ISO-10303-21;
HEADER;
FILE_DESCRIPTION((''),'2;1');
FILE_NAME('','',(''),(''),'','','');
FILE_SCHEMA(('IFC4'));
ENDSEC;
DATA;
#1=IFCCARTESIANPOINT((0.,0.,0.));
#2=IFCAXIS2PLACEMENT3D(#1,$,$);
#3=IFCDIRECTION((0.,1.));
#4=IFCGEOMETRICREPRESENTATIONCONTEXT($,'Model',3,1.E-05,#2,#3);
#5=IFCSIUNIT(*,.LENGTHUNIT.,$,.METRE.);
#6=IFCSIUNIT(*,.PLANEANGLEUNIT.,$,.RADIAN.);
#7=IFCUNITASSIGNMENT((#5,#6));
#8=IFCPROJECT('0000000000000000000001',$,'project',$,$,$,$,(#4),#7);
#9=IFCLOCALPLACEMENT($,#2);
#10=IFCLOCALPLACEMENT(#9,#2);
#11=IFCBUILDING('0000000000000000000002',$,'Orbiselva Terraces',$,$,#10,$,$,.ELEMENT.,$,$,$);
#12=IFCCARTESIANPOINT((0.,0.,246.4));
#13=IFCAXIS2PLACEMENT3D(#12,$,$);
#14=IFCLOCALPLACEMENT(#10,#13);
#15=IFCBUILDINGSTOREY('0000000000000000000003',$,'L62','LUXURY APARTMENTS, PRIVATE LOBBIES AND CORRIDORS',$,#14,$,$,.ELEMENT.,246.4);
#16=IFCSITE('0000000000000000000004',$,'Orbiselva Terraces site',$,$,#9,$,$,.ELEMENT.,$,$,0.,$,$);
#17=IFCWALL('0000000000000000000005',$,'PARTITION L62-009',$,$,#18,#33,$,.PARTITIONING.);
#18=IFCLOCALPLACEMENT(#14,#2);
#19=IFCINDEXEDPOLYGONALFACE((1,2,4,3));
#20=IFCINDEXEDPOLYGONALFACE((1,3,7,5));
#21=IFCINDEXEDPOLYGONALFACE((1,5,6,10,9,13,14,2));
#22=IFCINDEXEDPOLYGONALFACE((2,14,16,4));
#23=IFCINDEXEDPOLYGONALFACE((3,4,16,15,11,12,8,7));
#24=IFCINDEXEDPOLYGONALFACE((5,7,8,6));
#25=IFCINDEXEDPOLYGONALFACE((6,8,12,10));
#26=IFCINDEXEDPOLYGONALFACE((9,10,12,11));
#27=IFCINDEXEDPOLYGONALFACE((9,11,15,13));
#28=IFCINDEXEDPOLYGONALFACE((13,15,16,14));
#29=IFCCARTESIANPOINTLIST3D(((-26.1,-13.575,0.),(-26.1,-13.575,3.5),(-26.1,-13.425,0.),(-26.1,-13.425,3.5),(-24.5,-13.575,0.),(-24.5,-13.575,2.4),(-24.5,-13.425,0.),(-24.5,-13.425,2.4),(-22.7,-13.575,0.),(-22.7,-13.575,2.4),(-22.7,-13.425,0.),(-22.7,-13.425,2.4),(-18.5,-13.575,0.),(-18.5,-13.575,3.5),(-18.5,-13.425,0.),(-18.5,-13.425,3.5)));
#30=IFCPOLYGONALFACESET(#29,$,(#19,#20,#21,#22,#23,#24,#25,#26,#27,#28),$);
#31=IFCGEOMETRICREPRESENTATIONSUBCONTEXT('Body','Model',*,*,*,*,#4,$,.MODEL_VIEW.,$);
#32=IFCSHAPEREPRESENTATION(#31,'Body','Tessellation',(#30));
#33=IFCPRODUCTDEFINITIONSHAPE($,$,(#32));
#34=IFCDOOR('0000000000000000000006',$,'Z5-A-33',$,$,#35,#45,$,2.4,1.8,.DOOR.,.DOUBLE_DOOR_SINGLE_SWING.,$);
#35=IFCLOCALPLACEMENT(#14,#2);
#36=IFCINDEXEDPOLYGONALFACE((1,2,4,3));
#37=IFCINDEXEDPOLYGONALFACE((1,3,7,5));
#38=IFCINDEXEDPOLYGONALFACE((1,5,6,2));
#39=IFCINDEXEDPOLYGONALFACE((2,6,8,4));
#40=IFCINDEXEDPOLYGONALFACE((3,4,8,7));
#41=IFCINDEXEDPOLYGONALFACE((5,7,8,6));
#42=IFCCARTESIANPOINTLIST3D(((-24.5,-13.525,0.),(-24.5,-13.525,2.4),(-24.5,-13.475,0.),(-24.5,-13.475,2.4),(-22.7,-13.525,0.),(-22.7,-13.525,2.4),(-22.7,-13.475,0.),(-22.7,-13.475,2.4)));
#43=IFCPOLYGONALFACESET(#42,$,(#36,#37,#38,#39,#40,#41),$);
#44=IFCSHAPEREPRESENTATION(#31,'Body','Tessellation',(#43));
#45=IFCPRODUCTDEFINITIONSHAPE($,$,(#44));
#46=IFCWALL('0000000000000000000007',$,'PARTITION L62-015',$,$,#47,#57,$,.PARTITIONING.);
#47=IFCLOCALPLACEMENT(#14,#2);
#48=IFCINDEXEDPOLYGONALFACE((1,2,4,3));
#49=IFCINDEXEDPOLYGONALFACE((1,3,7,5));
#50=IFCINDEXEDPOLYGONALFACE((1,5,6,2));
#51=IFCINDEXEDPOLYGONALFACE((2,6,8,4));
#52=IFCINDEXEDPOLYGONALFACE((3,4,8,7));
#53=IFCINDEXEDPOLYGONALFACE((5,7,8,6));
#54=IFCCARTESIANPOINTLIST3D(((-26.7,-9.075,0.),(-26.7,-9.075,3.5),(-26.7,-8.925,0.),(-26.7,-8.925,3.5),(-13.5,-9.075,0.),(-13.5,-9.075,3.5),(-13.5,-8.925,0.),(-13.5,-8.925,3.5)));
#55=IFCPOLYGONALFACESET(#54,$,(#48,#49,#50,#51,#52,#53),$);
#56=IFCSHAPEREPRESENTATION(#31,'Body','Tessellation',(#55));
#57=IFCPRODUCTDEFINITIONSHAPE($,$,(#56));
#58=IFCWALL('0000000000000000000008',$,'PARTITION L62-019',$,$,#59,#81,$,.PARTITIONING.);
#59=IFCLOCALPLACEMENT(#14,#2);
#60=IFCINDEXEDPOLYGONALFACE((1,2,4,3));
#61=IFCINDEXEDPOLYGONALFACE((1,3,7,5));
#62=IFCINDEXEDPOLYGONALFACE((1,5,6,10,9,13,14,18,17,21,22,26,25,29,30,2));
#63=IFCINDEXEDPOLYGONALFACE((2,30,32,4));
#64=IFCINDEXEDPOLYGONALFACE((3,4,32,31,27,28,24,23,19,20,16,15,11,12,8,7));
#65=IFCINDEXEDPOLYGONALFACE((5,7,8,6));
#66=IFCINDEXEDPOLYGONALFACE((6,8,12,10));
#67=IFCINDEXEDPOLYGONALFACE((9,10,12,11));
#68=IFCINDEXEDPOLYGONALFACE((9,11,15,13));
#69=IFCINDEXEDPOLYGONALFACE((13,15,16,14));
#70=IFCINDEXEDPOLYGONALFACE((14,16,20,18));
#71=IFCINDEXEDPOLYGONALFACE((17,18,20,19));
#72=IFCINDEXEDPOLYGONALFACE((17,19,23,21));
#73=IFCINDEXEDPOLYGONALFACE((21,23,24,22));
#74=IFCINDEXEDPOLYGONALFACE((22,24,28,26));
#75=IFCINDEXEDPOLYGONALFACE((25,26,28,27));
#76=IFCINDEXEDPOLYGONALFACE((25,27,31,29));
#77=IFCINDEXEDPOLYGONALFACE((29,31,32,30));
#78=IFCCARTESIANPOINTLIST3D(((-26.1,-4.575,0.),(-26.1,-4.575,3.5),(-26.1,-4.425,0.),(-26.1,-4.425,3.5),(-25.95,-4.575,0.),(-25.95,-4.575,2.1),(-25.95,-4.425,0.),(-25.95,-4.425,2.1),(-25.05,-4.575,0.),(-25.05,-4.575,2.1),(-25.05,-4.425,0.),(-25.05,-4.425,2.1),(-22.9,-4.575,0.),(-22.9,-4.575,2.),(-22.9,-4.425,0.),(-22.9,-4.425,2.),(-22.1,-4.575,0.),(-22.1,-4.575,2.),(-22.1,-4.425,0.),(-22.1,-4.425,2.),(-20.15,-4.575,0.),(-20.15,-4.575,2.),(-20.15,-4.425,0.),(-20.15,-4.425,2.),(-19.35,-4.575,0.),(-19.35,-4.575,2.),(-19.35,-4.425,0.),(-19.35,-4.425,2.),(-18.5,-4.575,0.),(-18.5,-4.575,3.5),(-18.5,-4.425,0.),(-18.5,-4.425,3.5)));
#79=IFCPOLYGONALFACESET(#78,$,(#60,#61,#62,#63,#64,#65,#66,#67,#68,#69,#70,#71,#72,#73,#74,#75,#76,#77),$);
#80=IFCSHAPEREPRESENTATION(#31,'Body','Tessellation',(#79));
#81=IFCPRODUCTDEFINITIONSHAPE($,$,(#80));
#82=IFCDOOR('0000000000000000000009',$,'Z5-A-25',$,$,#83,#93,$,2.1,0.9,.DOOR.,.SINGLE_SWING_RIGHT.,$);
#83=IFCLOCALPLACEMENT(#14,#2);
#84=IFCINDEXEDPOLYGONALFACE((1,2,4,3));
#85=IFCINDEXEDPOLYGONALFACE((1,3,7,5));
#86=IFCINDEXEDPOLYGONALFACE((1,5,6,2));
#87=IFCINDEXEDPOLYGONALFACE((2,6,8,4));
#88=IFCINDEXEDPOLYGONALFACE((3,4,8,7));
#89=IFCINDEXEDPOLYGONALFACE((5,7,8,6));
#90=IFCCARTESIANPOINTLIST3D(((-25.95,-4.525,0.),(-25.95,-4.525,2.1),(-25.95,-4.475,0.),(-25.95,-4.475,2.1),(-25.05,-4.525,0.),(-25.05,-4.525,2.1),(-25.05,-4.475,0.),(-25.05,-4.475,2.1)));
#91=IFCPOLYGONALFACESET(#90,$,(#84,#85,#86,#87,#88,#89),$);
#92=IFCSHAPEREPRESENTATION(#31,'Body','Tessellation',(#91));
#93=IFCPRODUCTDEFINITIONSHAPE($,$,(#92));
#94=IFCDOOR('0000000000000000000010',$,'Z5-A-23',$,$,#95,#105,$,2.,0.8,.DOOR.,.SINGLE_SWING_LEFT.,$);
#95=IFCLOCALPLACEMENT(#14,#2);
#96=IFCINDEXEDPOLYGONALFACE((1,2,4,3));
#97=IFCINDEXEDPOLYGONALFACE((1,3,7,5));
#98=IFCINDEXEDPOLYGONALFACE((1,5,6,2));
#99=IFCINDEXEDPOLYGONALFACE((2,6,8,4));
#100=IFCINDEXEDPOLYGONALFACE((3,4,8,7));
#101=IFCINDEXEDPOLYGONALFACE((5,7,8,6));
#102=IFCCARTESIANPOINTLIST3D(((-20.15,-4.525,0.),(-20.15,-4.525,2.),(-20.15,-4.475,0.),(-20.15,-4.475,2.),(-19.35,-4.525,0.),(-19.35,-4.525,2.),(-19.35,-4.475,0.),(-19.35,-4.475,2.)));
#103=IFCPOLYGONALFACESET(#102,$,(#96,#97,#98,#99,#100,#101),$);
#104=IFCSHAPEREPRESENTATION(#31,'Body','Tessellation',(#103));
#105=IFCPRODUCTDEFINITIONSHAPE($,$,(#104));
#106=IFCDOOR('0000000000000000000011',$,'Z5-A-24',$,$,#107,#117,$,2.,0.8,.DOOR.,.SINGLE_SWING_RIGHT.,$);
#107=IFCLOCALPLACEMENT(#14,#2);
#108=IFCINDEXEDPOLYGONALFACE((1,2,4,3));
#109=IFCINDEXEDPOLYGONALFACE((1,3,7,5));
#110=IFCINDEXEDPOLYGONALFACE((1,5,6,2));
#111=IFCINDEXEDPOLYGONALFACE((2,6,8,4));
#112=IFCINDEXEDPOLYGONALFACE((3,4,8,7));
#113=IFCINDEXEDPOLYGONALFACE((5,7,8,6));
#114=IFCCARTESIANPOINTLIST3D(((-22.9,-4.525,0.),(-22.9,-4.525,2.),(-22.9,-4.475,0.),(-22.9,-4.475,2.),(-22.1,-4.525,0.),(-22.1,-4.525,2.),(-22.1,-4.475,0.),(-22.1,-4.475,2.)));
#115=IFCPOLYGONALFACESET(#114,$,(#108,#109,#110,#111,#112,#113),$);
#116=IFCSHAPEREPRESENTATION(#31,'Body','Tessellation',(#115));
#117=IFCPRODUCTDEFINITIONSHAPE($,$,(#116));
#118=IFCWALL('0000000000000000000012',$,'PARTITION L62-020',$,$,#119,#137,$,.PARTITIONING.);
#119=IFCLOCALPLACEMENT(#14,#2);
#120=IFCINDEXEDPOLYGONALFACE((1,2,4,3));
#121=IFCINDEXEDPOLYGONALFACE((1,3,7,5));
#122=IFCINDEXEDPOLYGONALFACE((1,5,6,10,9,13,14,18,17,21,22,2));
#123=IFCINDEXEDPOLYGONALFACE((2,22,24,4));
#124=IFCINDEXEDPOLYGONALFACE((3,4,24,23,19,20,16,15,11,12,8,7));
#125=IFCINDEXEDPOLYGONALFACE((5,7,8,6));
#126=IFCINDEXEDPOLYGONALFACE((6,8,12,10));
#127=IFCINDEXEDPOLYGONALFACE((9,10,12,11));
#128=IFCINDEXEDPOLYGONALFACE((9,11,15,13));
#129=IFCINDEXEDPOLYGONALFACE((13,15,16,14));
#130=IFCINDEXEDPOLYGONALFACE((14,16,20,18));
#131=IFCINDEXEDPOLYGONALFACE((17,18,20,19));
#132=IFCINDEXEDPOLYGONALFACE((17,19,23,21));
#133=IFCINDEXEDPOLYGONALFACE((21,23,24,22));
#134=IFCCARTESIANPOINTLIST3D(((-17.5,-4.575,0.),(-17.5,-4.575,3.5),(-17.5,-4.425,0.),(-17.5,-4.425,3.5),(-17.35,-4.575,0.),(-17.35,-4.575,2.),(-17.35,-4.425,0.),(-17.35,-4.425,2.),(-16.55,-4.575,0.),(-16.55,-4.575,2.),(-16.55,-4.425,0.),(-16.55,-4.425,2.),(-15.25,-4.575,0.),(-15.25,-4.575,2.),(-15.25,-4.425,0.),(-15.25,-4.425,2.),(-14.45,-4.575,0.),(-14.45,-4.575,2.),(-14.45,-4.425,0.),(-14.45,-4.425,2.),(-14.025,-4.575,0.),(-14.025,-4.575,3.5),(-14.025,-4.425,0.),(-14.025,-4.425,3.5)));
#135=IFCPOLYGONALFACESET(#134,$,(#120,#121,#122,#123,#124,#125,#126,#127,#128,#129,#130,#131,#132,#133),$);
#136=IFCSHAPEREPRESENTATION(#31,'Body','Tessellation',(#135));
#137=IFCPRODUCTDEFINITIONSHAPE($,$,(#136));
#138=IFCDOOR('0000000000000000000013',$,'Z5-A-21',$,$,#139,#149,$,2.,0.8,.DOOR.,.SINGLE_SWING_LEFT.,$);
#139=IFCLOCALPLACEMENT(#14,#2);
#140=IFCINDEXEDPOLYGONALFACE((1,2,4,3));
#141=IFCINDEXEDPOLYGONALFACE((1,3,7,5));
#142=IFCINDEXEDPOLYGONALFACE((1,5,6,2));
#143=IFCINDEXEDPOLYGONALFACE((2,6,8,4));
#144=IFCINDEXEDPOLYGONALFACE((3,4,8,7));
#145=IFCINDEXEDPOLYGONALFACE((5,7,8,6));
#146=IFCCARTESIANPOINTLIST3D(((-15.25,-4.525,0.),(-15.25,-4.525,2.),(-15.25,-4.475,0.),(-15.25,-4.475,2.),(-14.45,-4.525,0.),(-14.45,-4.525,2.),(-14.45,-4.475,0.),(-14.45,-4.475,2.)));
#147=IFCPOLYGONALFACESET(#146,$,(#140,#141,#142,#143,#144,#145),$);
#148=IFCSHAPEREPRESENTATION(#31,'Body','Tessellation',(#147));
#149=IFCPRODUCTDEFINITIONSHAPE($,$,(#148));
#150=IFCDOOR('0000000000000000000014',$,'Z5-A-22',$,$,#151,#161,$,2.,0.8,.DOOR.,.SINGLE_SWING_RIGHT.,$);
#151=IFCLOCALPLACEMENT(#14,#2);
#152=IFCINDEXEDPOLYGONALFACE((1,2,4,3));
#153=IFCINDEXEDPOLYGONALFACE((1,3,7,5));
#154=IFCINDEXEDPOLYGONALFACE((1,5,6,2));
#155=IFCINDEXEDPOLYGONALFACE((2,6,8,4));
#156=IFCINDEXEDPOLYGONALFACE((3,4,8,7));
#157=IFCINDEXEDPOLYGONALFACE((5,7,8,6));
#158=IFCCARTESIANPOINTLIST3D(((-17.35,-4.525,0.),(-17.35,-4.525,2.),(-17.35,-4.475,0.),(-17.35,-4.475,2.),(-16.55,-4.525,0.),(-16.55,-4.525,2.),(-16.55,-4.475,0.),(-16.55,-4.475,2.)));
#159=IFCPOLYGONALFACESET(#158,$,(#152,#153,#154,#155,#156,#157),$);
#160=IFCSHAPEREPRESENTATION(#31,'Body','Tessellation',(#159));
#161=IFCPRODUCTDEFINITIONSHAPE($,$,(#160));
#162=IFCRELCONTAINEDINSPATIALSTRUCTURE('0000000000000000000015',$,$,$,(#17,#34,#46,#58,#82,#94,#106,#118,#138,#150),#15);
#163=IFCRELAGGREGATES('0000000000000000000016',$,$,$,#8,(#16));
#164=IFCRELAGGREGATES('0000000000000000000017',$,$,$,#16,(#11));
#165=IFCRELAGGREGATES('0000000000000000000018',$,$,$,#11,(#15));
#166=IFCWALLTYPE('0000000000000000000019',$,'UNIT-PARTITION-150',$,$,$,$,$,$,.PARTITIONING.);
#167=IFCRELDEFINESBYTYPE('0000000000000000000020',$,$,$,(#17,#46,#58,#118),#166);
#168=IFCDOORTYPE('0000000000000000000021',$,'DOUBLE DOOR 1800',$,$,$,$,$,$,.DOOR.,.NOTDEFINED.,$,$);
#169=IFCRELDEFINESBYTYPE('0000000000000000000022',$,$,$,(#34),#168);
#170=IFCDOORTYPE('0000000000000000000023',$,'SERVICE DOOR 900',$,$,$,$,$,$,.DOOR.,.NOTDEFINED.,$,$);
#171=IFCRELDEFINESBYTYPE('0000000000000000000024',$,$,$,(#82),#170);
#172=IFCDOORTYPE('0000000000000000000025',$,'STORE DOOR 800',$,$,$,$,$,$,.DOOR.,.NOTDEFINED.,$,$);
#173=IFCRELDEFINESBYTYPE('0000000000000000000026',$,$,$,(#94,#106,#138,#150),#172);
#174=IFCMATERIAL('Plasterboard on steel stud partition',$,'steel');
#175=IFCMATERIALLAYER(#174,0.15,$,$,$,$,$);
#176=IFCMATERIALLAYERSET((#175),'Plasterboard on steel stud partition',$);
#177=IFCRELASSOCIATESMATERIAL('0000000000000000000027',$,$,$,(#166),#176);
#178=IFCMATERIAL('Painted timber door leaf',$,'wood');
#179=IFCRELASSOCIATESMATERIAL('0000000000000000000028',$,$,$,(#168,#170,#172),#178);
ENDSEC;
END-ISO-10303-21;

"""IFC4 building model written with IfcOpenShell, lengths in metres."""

from ifc_helpers import new_model, si_unit, direction, frame, frame_2d, origin, place, context, subcontext, project, spatial, rectangle, extrude, material, layer, layer_set, type_object, element, fill, save


model = new_model("IFC4")

# Units and contexts
model_context = context("Model", 3, precision=1e-05, world=origin(), true_north=direction((0.0, 1.0)))
body_context = subcontext(model_context, "Body", "Model", "MODEL_VIEW")
ifc_project = project(units=[si_unit("LENGTHUNIT", "METRE"), si_unit("PLANEANGLEUNIT", "RADIAN")], contexts=[model_context])

# Site, building, storey
site_placement = place(None, origin())
site = spatial("IfcSite", under=ifc_project, at=site_placement, Name="Orbiselva Terraces site", CompositionType="ELEMENT", RefElevation=0.0)
building_placement = place(site_placement, origin())
building = spatial("IfcBuilding", under=site, at=building_placement, Name="Orbiselva Terraces", CompositionType="ELEMENT")
storey_placement = place(building_placement, frame((0.0, 0.0, 246.4)))
storey = spatial("IfcBuildingStorey", under=building, at=storey_placement, Name="L62", Description="LUXURY APARTMENTS, PRIVATE LOBBIES AND CORRIDORS", CompositionType="ELEMENT", Elevation=246.4)

# Shared definitions
ifc_material_1 = material(Name="Plasterboard on steel stud partition", Category="steel")

# Wall, opening, door
ifc_layer_1 = layer(ifc_material_1, 0.15)
ifc_layer_set_1 = layer_set([ifc_layer_1], Name="Plasterboard on steel stud partition")
wall_type_1 = type_object("IfcWallType", Name="UNIT-PARTITION-150", PredefinedType="PARTITIONING", material=ifc_layer_set_1)
wall_1_placement = place(storey_placement, frame((-18.5, -13.5, 0.0), z_axis=(0.0, 0.0, 1.0), x_axis=(-1.0, 0.0, 0.0)))
wall_1 = element("IfcWall", 1, at=wall_1_placement, inside=storey, type_object=wall_type_1, Name="PARTITION L62-009", PredefinedType="PARTITIONING", context=body_context, shape_type="SweptSolid", body=[
    extrude(rectangle(XDim=7.6, YDim=0.15, at=frame_2d((3.8, 0.0))), origin(), (0.0, 0.0, 1.0), 3.5),
])
opening_1_placement = place(wall_1_placement, frame((4.2, 0.0, 0.0)))
opening_1 = element("IfcOpeningElement", 2, at=opening_1_placement, cuts=wall_1, PredefinedType="OPENING", context=body_context, shape_type="SweptSolid", body=[
    extrude(rectangle(XDim=1.8, YDim=2.4, at=frame_2d((0.9, 1.2))), frame((0.0, 0.085, 0.0), z_axis=(0.0, -1.0, 0.0), x_axis=(1.0, 0.0, 0.0)), (0.0, 0.0, 1.0), 0.17),
])
ifc_material_2 = material(Name="Painted timber door leaf", Category="wood")
door_type_1 = type_object("IfcDoorType", Name="DOUBLE DOOR 1800", OperationType="NOTDEFINED", PredefinedType="DOOR", material=ifc_material_2)
door_1_placement = place(opening_1_placement, origin())
door_1 = element("IfcDoor", 3, at=door_1_placement, inside=storey, type_object=door_type_1, Name="Z5-A-33", OperationType="DOUBLE_DOOR_SINGLE_SWING", OverallHeight=2.4, OverallWidth=1.8, PredefinedType="DOOR", context=body_context, shape_type="SweptSolid", body=[
    extrude(rectangle(XDim=1.8, YDim=2.4, at=frame_2d((0.9, 1.2))), frame((0.0, 0.025, 0.0), z_axis=(0.0, -1.0, 0.0), x_axis=(1.0, 0.0, 0.0)), (0.0, 0.0, 1.0), 0.05),
])
fill(opening_1, door_1)

# Wall
wall_2_placement = place(storey_placement, frame((-26.7, -9.0, 0.0), z_axis=(0.0, 0.0, 1.0), x_axis=(1.0, 0.0, 0.0)))
element("IfcWall", 4, at=wall_2_placement, inside=storey, type_object=wall_type_1, Name="PARTITION L62-015", PredefinedType="PARTITIONING", context=body_context, shape_type="SweptSolid", body=[
    extrude(rectangle(XDim=13.2, YDim=0.15, at=frame_2d((6.6, 0.0))), origin(), (0.0, 0.0, 1.0), 3.5),
])

# Walls, openings, doors
wall_3_placement = place(storey_placement, frame((-18.5, -4.5, 0.0), z_axis=(0.0, 0.0, 1.0), x_axis=(-1.0, 0.0, 0.0)))
wall_3 = element("IfcWall", 5, at=wall_3_placement, inside=storey, type_object=wall_type_1, Name="PARTITION L62-019", PredefinedType="PARTITIONING", context=body_context, shape_type="SweptSolid", body=[
    extrude(rectangle(XDim=7.6, YDim=0.15, at=frame_2d((3.8, 0.0))), origin(), (0.0, 0.0, 1.0), 3.5),
])
opening_2_placement = place(wall_3_placement, frame((0.85, 0.0, 0.0)))
opening_2 = element("IfcOpeningElement", 6, at=opening_2_placement, cuts=wall_3, PredefinedType="OPENING", context=body_context, shape_type="SweptSolid", body=[
    extrude(rectangle(XDim=0.8, YDim=2.0, at=frame_2d((0.4, 1.0))), frame((0.0, 0.085, 0.0), z_axis=(0.0, -1.0, 0.0), x_axis=(1.0, 0.0, 0.0)), (0.0, 0.0, 1.0), 0.17),
])
opening_3_placement = place(wall_3_placement, frame((3.6, 0.0, 0.0)))
opening_3 = element("IfcOpeningElement", 7, at=opening_3_placement, cuts=wall_3, PredefinedType="OPENING", context=body_context, shape_type="SweptSolid", body=[
    extrude(rectangle(XDim=0.8, YDim=2.0, at=frame_2d((0.4, 1.0))), frame((0.0, 0.085, 0.0), z_axis=(0.0, -1.0, 0.0), x_axis=(1.0, 0.0, 0.0)), (0.0, 0.0, 1.0), 0.17),
])
opening_4_placement = place(wall_3_placement, frame((6.55, 0.0, 0.0)))
opening_4 = element("IfcOpeningElement", 8, at=opening_4_placement, cuts=wall_3, PredefinedType="OPENING", context=body_context, shape_type="SweptSolid", body=[
    extrude(rectangle(XDim=0.9, YDim=2.1, at=frame_2d((0.45, 1.05))), frame((0.0, 0.085, 0.0), z_axis=(0.0, -1.0, 0.0), x_axis=(1.0, 0.0, 0.0)), (0.0, 0.0, 1.0), 0.17),
])
door_type_2 = type_object("IfcDoorType", Name="SERVICE DOOR 900", OperationType="NOTDEFINED", PredefinedType="DOOR", material=ifc_material_2)
door_2_placement = place(opening_4_placement, origin())
door_2 = element("IfcDoor", 9, at=door_2_placement, inside=storey, type_object=door_type_2, Name="Z5-A-25", OperationType="SINGLE_SWING_RIGHT", OverallHeight=2.1, OverallWidth=0.9, PredefinedType="DOOR", context=body_context, shape_type="SweptSolid", body=[
    extrude(rectangle(XDim=0.9, YDim=2.1, at=frame_2d((0.45, 1.05))), frame((0.0, 0.025, 0.0), z_axis=(0.0, -1.0, 0.0), x_axis=(1.0, 0.0, 0.0)), (0.0, 0.0, 1.0), 0.05),
])
fill(opening_4, door_2)
door_type_3 = type_object("IfcDoorType", Name="STORE DOOR 800", OperationType="NOTDEFINED", PredefinedType="DOOR", material=ifc_material_2)
door_3_placement = place(opening_2_placement, origin())
door_3 = element("IfcDoor", 10, at=door_3_placement, inside=storey, type_object=door_type_3, Name="Z5-A-23", OperationType="SINGLE_SWING_LEFT", OverallHeight=2.0, OverallWidth=0.8, PredefinedType="DOOR", context=body_context, shape_type="SweptSolid", body=[
    extrude(rectangle(XDim=0.8, YDim=2.0, at=frame_2d((0.4, 1.0))), frame((0.0, 0.025, 0.0), z_axis=(0.0, -1.0, 0.0), x_axis=(1.0, 0.0, 0.0)), (0.0, 0.0, 1.0), 0.05),
])
fill(opening_2, door_3)
door_4_placement = place(opening_3_placement, origin())
door_4 = element("IfcDoor", 11, at=door_4_placement, inside=storey, type_object=door_type_3, Name="Z5-A-24", OperationType="SINGLE_SWING_RIGHT", OverallHeight=2.0, OverallWidth=0.8, PredefinedType="DOOR", context=body_context, shape_type="SweptSolid", body=[
    extrude(rectangle(XDim=0.8, YDim=2.0, at=frame_2d((0.4, 1.0))), frame((0.0, 0.025, 0.0), z_axis=(0.0, -1.0, 0.0), x_axis=(1.0, 0.0, 0.0)), (0.0, 0.0, 1.0), 0.05),
])
fill(opening_3, door_4)
wall_4_placement = place(storey_placement, frame((-14.025, -4.5, 0.0), z_axis=(0.0, 0.0, 1.0), x_axis=(-1.0, 0.0, 0.0)))
wall_4 = element("IfcWall", 12, at=wall_4_placement, inside=storey, type_object=wall_type_1, Name="PARTITION L62-020", PredefinedType="PARTITIONING", context=body_context, shape_type="SweptSolid", body=[
    extrude(rectangle(XDim=3.475, YDim=0.15, at=frame_2d((1.7375, 0.0))), origin(), (0.0, 0.0, 1.0), 3.5),
])
opening_5_placement = place(wall_4_placement, frame((0.425, 0.0, 0.0)))
opening_5 = element("IfcOpeningElement", 13, at=opening_5_placement, cuts=wall_4, PredefinedType="OPENING", context=body_context, shape_type="SweptSolid", body=[
    extrude(rectangle(XDim=0.8, YDim=2.0, at=frame_2d((0.4, 1.0))), frame((0.0, 0.085, 0.0), z_axis=(0.0, -1.0, 0.0), x_axis=(1.0, 0.0, 0.0)), (0.0, 0.0, 1.0), 0.17),
])
opening_6_placement = place(wall_4_placement, frame((2.525, 0.0, 0.0)))
opening_6 = element("IfcOpeningElement", 14, at=opening_6_placement, cuts=wall_4, PredefinedType="OPENING", context=body_context, shape_type="SweptSolid", body=[
    extrude(rectangle(XDim=0.8, YDim=2.0, at=frame_2d((0.4, 1.0))), frame((0.0, 0.085, 0.0), z_axis=(0.0, -1.0, 0.0), x_axis=(1.0, 0.0, 0.0)), (0.0, 0.0, 1.0), 0.17),
])
door_5_placement = place(opening_5_placement, origin())
door_5 = element("IfcDoor", 15, at=door_5_placement, inside=storey, type_object=door_type_3, Name="Z5-A-21", OperationType="SINGLE_SWING_LEFT", OverallHeight=2.0, OverallWidth=0.8, PredefinedType="DOOR", context=body_context, shape_type="SweptSolid", body=[
    extrude(rectangle(XDim=0.8, YDim=2.0, at=frame_2d((0.4, 1.0))), frame((0.0, 0.025, 0.0), z_axis=(0.0, -1.0, 0.0), x_axis=(1.0, 0.0, 0.0)), (0.0, 0.0, 1.0), 0.05),
])
fill(opening_5, door_5)
door_6_placement = place(opening_6_placement, origin())
door_6 = element("IfcDoor", 16, at=door_6_placement, inside=storey, type_object=door_type_3, Name="Z5-A-22", OperationType="SINGLE_SWING_RIGHT", OverallHeight=2.0, OverallWidth=0.8, PredefinedType="DOOR", context=body_context, shape_type="SweptSolid", body=[
    extrude(rectangle(XDim=0.8, YDim=2.0, at=frame_2d((0.4, 1.0))), frame((0.0, 0.025, 0.0), z_axis=(0.0, -1.0, 0.0), x_axis=(1.0, 0.0, 0.0)), (0.0, 0.0, 1.0), 0.05),
])
fill(opening_6, door_6)

save(model, "model.ifc")
